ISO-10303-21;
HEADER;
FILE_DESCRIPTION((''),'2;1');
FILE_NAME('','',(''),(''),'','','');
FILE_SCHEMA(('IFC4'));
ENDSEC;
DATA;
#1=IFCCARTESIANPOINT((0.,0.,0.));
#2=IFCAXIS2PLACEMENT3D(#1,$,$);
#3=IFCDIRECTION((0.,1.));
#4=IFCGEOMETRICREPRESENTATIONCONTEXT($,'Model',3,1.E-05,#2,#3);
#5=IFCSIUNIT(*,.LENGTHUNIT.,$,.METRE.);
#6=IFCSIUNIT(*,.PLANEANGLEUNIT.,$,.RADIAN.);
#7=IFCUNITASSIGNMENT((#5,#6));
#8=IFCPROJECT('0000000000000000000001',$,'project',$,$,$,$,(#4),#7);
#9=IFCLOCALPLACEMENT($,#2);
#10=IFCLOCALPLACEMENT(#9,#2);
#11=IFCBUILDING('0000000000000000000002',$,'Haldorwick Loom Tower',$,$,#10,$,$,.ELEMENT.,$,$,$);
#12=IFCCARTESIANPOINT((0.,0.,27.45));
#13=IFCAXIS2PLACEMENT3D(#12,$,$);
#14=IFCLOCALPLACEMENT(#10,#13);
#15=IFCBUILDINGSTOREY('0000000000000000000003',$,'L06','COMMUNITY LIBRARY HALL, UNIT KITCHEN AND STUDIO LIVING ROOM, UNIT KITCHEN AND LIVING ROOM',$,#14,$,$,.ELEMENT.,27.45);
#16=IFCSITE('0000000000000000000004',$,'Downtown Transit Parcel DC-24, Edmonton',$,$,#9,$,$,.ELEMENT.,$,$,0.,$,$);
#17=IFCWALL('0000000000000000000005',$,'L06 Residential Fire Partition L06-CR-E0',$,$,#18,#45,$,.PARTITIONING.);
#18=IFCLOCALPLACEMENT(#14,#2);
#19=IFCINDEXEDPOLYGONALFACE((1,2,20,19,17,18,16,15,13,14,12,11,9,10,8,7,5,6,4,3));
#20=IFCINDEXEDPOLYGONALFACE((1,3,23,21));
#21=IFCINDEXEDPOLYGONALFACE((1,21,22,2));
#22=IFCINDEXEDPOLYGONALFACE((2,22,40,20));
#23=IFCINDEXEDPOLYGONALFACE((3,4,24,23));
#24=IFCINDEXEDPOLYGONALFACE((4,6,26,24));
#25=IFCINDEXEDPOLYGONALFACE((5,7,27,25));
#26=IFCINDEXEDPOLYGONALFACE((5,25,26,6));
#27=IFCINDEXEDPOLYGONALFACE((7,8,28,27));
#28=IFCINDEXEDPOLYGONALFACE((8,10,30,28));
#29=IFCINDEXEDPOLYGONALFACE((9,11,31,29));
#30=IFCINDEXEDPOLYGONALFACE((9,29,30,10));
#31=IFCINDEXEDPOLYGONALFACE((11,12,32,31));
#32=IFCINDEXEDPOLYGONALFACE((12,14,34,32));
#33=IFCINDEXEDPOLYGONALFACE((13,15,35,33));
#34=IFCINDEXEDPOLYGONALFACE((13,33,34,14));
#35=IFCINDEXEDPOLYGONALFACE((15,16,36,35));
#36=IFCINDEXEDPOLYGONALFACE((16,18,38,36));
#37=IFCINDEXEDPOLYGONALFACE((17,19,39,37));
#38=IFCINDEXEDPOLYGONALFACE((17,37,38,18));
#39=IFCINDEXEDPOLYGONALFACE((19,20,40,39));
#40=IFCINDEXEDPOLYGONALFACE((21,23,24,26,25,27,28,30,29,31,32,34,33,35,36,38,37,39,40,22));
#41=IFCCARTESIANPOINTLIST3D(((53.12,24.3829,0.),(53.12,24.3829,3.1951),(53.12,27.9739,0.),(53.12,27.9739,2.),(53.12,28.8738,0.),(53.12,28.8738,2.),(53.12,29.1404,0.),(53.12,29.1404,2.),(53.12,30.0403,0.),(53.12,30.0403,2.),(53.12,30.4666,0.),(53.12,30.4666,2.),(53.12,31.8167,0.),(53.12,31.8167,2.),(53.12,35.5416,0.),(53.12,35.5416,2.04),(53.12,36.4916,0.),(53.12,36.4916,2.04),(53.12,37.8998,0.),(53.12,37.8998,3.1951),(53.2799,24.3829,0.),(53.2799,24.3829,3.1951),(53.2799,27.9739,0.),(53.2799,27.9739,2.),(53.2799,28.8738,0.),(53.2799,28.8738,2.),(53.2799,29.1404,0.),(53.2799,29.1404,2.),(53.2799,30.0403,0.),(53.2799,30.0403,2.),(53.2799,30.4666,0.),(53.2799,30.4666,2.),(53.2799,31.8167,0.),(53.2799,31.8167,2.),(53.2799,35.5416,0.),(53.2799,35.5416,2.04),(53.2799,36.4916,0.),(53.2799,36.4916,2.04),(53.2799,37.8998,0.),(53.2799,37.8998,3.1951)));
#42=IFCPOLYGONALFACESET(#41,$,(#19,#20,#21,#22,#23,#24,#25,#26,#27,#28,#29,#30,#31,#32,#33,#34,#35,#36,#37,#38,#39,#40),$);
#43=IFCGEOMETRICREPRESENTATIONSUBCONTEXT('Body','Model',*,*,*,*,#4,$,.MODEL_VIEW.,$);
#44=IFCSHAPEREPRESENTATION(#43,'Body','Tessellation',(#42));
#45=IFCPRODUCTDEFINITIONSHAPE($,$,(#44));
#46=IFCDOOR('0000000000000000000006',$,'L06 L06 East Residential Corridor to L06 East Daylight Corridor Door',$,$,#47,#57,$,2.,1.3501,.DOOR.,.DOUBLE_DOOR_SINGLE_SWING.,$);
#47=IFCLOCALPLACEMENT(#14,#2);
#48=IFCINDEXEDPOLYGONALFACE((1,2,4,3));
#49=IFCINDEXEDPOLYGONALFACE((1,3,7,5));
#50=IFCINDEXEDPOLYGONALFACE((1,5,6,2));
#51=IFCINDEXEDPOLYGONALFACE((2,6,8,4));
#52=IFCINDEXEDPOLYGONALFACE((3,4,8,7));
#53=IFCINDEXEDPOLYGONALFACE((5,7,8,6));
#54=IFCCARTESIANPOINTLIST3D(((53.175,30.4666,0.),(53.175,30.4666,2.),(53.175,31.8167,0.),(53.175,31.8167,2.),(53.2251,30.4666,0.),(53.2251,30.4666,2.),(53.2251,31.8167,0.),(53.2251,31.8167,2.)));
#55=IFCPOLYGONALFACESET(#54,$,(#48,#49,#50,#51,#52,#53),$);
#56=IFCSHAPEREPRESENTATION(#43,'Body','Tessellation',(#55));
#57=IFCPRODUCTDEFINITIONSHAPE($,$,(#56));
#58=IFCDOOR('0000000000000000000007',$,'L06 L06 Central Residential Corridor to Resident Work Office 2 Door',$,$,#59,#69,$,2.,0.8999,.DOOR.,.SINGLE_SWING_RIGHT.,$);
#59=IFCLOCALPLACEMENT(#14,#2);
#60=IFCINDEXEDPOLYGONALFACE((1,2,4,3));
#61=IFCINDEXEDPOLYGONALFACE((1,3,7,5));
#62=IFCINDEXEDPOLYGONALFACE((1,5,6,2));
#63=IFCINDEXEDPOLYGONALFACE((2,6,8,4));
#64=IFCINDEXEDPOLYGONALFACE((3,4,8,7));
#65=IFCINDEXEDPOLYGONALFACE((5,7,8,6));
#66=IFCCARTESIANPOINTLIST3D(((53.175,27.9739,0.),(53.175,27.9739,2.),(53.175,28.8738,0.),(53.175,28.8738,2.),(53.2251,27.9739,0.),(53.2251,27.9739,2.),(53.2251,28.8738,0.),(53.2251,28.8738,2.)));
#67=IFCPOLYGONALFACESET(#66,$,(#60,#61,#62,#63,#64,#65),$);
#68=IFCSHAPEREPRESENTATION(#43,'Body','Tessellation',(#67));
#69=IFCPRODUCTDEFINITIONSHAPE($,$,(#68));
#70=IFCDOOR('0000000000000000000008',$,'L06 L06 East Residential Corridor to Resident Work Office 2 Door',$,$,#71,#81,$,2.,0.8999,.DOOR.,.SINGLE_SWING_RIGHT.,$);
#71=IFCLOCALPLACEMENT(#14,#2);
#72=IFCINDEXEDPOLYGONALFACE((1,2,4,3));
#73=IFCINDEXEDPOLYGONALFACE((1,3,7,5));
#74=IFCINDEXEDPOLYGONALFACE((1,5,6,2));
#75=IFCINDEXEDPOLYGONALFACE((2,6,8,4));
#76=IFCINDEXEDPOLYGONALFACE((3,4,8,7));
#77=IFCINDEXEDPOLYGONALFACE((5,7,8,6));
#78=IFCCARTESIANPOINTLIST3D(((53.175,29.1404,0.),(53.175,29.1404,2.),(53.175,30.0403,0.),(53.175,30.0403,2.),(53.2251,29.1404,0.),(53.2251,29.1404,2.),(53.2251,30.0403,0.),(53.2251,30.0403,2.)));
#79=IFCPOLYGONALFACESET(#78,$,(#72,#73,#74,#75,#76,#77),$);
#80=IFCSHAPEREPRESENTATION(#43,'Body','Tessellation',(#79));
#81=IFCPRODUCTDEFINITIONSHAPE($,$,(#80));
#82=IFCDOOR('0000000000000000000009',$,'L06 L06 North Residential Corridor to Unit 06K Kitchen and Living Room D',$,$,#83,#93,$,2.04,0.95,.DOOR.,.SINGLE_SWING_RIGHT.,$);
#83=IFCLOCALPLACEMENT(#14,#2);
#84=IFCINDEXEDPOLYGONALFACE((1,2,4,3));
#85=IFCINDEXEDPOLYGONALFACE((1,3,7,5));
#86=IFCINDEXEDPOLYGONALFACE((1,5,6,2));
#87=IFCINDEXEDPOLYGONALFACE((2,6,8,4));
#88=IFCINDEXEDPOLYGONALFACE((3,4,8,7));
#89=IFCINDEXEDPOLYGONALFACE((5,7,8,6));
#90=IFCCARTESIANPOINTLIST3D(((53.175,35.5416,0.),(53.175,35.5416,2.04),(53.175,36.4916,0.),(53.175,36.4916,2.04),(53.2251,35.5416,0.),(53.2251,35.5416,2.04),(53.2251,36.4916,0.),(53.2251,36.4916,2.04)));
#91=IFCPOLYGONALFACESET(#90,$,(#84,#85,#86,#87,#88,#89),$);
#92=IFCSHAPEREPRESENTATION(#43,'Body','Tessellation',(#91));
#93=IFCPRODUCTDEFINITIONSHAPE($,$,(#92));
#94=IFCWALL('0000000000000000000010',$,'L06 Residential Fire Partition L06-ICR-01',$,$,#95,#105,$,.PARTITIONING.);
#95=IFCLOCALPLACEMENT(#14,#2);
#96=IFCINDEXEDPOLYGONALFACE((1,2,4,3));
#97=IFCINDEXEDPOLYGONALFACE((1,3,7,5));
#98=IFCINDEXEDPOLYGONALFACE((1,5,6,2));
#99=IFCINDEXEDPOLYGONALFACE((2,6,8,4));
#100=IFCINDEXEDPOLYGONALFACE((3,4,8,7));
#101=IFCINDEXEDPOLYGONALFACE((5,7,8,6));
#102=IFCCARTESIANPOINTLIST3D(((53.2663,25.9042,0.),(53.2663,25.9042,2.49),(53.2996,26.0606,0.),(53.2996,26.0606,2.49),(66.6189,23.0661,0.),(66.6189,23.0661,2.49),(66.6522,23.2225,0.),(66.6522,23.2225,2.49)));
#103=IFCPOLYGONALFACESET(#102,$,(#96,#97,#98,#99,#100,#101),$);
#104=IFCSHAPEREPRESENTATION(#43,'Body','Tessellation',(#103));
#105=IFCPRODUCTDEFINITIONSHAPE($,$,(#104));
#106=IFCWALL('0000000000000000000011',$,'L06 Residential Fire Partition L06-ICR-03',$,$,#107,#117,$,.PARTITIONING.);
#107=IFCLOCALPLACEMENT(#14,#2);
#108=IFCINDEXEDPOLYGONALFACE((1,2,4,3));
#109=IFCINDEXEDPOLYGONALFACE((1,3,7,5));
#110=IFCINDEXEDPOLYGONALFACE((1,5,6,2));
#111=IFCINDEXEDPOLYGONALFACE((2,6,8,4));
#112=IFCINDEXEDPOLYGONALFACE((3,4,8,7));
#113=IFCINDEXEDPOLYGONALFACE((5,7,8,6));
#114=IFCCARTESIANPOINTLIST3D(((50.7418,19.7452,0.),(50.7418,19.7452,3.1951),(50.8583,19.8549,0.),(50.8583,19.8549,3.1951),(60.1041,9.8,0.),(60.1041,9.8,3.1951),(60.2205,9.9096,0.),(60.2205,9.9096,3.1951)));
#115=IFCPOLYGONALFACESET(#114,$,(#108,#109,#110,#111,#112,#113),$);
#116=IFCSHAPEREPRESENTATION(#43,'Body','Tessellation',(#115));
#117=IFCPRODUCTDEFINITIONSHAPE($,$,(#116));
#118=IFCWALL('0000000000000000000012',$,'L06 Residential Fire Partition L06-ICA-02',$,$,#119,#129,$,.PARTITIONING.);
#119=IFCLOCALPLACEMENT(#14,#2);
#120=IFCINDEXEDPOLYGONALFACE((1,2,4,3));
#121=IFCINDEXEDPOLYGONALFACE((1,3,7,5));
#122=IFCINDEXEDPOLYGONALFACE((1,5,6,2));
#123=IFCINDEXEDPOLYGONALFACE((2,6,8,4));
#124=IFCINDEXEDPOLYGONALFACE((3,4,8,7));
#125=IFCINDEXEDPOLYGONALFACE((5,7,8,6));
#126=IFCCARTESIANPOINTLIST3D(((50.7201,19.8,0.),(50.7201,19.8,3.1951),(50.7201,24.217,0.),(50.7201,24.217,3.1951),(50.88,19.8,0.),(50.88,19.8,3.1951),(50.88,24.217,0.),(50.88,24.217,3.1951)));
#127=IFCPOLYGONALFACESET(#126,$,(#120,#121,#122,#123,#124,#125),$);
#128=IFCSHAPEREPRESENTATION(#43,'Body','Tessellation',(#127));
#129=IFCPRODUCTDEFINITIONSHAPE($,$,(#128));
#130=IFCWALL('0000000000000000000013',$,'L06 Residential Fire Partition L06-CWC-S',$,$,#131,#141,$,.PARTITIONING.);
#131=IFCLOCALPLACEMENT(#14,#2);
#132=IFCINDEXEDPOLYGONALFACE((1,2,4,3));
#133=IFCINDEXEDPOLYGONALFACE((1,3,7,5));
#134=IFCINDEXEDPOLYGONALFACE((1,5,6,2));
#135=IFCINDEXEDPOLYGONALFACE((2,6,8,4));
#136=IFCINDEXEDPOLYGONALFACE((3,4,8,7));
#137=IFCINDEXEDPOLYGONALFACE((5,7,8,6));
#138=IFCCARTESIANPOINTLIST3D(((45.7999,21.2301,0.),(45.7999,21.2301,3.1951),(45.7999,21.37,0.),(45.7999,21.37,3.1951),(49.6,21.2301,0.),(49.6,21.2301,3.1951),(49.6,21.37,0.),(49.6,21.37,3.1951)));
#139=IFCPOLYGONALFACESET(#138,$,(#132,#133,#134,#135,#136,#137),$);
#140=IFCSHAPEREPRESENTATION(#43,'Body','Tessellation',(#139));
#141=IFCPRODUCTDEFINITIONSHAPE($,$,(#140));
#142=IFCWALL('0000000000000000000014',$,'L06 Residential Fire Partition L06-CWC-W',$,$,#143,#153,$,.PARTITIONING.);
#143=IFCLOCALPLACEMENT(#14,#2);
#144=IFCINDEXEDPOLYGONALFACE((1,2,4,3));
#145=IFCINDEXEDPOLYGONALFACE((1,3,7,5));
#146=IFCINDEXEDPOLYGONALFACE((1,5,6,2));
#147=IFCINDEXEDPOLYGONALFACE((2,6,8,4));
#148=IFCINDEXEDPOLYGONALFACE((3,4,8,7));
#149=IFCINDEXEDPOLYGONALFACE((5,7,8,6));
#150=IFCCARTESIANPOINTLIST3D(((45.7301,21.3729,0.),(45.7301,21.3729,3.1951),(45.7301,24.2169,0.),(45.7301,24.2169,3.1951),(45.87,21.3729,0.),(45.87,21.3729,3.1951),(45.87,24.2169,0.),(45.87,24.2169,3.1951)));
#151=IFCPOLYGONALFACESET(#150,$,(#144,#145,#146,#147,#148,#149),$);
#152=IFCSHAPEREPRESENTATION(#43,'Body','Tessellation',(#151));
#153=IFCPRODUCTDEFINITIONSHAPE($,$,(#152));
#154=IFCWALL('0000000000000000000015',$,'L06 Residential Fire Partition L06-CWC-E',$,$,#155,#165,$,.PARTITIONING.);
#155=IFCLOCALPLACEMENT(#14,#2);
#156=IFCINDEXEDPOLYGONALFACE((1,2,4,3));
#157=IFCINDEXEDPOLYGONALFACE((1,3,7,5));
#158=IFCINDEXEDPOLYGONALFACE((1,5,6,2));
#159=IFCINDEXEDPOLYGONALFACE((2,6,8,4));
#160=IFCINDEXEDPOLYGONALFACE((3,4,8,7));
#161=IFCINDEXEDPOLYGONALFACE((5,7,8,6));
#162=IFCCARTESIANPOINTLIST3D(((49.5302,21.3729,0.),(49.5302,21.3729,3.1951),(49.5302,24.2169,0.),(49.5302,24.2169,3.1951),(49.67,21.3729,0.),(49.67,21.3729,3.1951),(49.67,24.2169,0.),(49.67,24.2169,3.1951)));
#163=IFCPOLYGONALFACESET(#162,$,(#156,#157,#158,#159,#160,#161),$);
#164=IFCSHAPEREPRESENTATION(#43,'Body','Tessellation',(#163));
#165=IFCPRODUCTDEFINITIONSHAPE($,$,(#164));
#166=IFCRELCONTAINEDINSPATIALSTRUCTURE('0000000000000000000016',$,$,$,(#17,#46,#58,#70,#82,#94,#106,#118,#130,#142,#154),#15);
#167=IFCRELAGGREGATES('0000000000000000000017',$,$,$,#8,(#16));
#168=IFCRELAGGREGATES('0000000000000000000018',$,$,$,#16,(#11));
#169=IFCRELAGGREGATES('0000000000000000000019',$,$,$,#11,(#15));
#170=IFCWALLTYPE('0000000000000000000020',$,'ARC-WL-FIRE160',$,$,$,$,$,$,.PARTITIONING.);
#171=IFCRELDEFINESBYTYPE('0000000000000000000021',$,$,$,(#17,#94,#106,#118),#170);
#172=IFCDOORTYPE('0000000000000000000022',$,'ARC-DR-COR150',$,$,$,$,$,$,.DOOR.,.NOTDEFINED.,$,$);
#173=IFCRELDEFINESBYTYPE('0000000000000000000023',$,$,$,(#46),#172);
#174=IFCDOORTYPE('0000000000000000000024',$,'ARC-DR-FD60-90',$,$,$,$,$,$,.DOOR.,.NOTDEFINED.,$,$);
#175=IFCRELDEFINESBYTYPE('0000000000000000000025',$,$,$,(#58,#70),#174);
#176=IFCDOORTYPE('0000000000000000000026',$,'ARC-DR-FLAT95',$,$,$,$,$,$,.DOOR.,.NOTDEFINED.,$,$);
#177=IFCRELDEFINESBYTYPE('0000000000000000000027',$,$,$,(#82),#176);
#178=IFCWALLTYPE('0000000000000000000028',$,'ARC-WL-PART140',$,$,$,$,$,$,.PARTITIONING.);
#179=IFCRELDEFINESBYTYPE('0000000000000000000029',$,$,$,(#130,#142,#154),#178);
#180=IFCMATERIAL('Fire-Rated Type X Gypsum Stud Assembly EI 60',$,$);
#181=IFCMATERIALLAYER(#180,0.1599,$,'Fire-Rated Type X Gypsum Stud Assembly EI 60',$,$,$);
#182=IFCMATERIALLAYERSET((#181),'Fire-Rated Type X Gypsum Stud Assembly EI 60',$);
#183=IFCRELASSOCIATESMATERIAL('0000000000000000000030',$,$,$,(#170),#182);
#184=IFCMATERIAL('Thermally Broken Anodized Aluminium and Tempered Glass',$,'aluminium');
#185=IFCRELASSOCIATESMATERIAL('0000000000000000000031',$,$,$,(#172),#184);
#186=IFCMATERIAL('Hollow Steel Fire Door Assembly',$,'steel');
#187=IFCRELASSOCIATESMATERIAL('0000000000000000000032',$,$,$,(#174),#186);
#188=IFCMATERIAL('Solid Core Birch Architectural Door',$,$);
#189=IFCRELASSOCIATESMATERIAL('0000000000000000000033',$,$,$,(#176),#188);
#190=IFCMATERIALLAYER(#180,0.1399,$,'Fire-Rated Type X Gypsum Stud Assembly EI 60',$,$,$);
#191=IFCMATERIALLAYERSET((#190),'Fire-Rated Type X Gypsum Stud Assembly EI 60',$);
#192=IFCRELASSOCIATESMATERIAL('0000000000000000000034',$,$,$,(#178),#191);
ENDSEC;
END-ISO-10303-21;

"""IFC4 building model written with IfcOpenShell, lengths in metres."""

from ifc_helpers import new_model, si_unit, direction, frame, frame_2d, origin, place, context, subcontext, project, spatial, rectangle, extrude, material, layer, layer_set, type_object, element, fill, save


model = new_model("IFC4")

# Units and contexts
model_context = context("Model", 3, precision=1e-05, world=origin(), true_north=direction((0.0, 1.0)))
body_context = subcontext(model_context, "Body", "Model", "MODEL_VIEW")
ifc_project = project(units=[si_unit("LENGTHUNIT", "METRE"), si_unit("PLANEANGLEUNIT", "RADIAN")], contexts=[model_context])

# Site, building, storey
site_placement = place(None, origin())
site = spatial("IfcSite", under=ifc_project, at=site_placement, Name="Downtown Transit Parcel DC-24, Edmonton", CompositionType="ELEMENT", RefElevation=0.0)
building_placement = place(site_placement, origin())
building = spatial("IfcBuilding", under=site, at=building_placement, Name="Haldorwick Loom Tower", CompositionType="ELEMENT")
storey_placement = place(building_placement, frame((0.0, 0.0, 27.45)))
storey = spatial("IfcBuildingStorey", under=building, at=storey_placement, Name="L06", Description="COMMUNITY LIBRARY HALL, UNIT KITCHEN AND STUDIO LIVING ROOM, UNIT KITCHEN AND LIVING ROOM", CompositionType="ELEMENT", Elevation=27.45)

# Wall, openings, doors
ifc_material_1 = material(Name="Fire-Rated Type X Gypsum Stud Assembly EI 60")
ifc_layer_1 = layer(ifc_material_1, 0.1599, Name="Fire-Rated Type X Gypsum Stud Assembly EI 60")
ifc_layer_set_1 = layer_set([ifc_layer_1], Name="Fire-Rated Type X Gypsum Stud Assembly EI 60")
wall_type_1 = type_object("IfcWallType", Name="ARC-WL-FIRE160", PredefinedType="PARTITIONING", material=ifc_layer_set_1)
wall_1_placement = place(storey_placement, frame((53.2, 24.3831, 0.0), z_axis=(0.0, 0.0, 1.0), x_axis=(0.0, 1.0, 0.0)))
wall_1 = element("IfcWall", 1, at=wall_1_placement, inside=storey, type_object=wall_type_1, Name="L06 Residential Fire Partition L06-CR-E0", PredefinedType="PARTITIONING", context=body_context, shape_type="SweptSolid", body=[
    extrude(rectangle(XDim=13.5168, YDim=0.1599, at=frame_2d((6.7583, 0.0))), origin(), (0.0, 0.0, 1.0), 3.1951),
])
opening_1_placement = place(wall_1_placement, frame((6.0835, 0.0, 0.0)))
opening_1 = element("IfcOpeningElement", 2, at=opening_1_placement, cuts=wall_1, PredefinedType="OPENING", context=body_context, shape_type="SweptSolid", body=[
    extrude(rectangle(XDim=1.3501, YDim=2.0, at=frame_2d((0.675, 1.0))), frame((0.0, 0.0898, 0.0), z_axis=(0.0, -1.0, 0.0), x_axis=(1.0, 0.0, 0.0)), (0.0, 0.0, 1.0), 0.1799),
])
opening_2_placement = place(wall_1_placement, frame((11.1584, 0.0, 0.0)))
opening_2 = element("IfcOpeningElement", 3, at=opening_2_placement, cuts=wall_1, PredefinedType="OPENING", context=body_context, shape_type="SweptSolid", body=[
    extrude(rectangle(XDim=0.95, YDim=2.04, at=frame_2d((0.4751, 1.02))), frame((0.0, 0.0898, 0.0), z_axis=(0.0, -1.0, 0.0), x_axis=(1.0, 0.0, 0.0)), (0.0, 0.0, 1.0), 0.1799),
])
opening_3_placement = place(wall_1_placement, frame((3.5908, 0.0, 0.0)))
opening_3 = element("IfcOpeningElement", 4, at=opening_3_placement, cuts=wall_1, PredefinedType="OPENING", context=body_context, shape_type="SweptSolid", body=[
    extrude(rectangle(XDim=0.8999, YDim=2.0, at=frame_2d((0.45, 1.0))), frame((0.0, 0.0898, 0.0), z_axis=(0.0, -1.0, 0.0), x_axis=(1.0, 0.0, 0.0)), (0.0, 0.0, 1.0), 0.1799),
])
opening_4_placement = place(wall_1_placement, frame((4.7573, 0.0, 0.0)))
opening_4 = element("IfcOpeningElement", 5, at=opening_4_placement, cuts=wall_1, PredefinedType="OPENING", context=body_context, shape_type="SweptSolid", body=[
    extrude(rectangle(XDim=0.8999, YDim=2.0, at=frame_2d((0.45, 1.0))), frame((0.0, 0.0898, 0.0), z_axis=(0.0, -1.0, 0.0), x_axis=(1.0, 0.0, 0.0)), (0.0, 0.0, 1.0), 0.1799),
])
ifc_material_2 = material(Name="Thermally Broken Anodized Aluminium and Tempered Glass", Category="aluminium")
door_type_1 = type_object("IfcDoorType", Name="ARC-DR-COR150", OperationType="NOTDEFINED", PredefinedType="DOOR", material=ifc_material_2)
door_1_placement = place(opening_1_placement, origin())
door_1 = element("IfcDoor", 6, at=door_1_placement, inside=storey, type_object=door_type_1, Name="L06 L06 East Residential Corridor to L06 East Daylight Corridor Door", OperationType="DOUBLE_DOOR_SINGLE_SWING", OverallHeight=2.0, OverallWidth=1.3501, PredefinedType="DOOR", context=body_context, shape_type="SweptSolid", body=[
    extrude(rectangle(XDim=1.3501, YDim=2.0, at=frame_2d((0.675, 1.0))), frame((0.0, 0.0249, 0.0), z_axis=(0.0, -1.0, 0.0), x_axis=(1.0, 0.0, 0.0)), (0.0, 0.0, 1.0), 0.05),
])
fill(opening_1, door_1)
ifc_material_3 = material(Name="Hollow Steel Fire Door Assembly", Category="steel")
door_type_2 = type_object("IfcDoorType", Name="ARC-DR-FD60-90", OperationType="NOTDEFINED", PredefinedType="DOOR", material=ifc_material_3)
door_2_placement = place(opening_3_placement, origin())
door_2 = element("IfcDoor", 7, at=door_2_placement, inside=storey, type_object=door_type_2, Name="L06 L06 Central Residential Corridor to Resident Work Office 2 Door", OperationType="SINGLE_SWING_RIGHT", OverallHeight=2.0, OverallWidth=0.8999, PredefinedType="DOOR", context=body_context, shape_type="SweptSolid", body=[
    extrude(rectangle(XDim=0.8999, YDim=2.0, at=frame_2d((0.45, 1.0))), frame((0.0, 0.0249, 0.0), z_axis=(0.0, -1.0, 0.0), x_axis=(1.0, 0.0, 0.0)), (0.0, 0.0, 1.0), 0.05),
])
fill(opening_3, door_2)
door_3_placement = place(opening_4_placement, origin())
door_3 = element("IfcDoor", 8, at=door_3_placement, inside=storey, type_object=door_type_2, Name="L06 L06 East Residential Corridor to Resident Work Office 2 Door", OperationType="SINGLE_SWING_RIGHT", OverallHeight=2.0, OverallWidth=0.8999, PredefinedType="DOOR", context=body_context, shape_type="SweptSolid", body=[
    extrude(rectangle(XDim=0.8999, YDim=2.0, at=frame_2d((0.45, 1.0))), frame((0.0, 0.0249, 0.0), z_axis=(0.0, -1.0, 0.0), x_axis=(1.0, 0.0, 0.0)), (0.0, 0.0, 1.0), 0.05),
])
fill(opening_4, door_3)
ifc_material_4 = material(Name="Solid Core Birch Architectural Door")
door_type_3 = type_object("IfcDoorType", Name="ARC-DR-FLAT95", OperationType="NOTDEFINED", PredefinedType="DOOR", material=ifc_material_4)
door_4_placement = place(opening_2_placement, origin())
door_4 = element("IfcDoor", 9, at=door_4_placement, inside=storey, type_object=door_type_3, Name="L06 L06 North Residential Corridor to Unit 06K Kitchen and Living Room D", OperationType="SINGLE_SWING_RIGHT", OverallHeight=2.04, OverallWidth=0.95, PredefinedType="DOOR", context=body_context, shape_type="SweptSolid", body=[
    extrude(rectangle(XDim=0.95, YDim=2.04, at=frame_2d((0.4751, 1.02))), frame((0.0, 0.0249, 0.0), z_axis=(0.0, -1.0, 0.0), x_axis=(1.0, 0.0, 0.0)), (0.0, 0.0, 1.0), 0.05),
])
fill(opening_2, door_4)

# Walls
wall_2_placement = place(storey_placement, frame((53.283, 25.9824, 0.0), z_axis=(0.0, 0.0, 1.0), x_axis=(0.978148, -0.207909, 0.0)))
element("IfcWall", 10, at=wall_2_placement, inside=storey, type_object=wall_type_1, Name="L06 Residential Fire Partition L06-ICR-01", PredefinedType="PARTITIONING", context=body_context, shape_type="SweptSolid", body=[
    extrude(rectangle(XDim=13.6509, YDim=0.1599, at=frame_2d((6.8254, 0.0))), origin(), (0.0, 0.0, 1.0), 2.49),
])
wall_3_placement = place(storey_placement, frame((50.8, 19.8, 0.0), z_axis=(0.0, 0.0, 1.0), x_axis=(0.685443, -0.728127, 0.0)))
element("IfcWall", 11, at=wall_3_placement, inside=storey, type_object=wall_type_1, Name="L06 Residential Fire Partition L06-ICR-03", PredefinedType="PARTITIONING", context=body_context, shape_type="SweptSolid", body=[
    extrude(rectangle(XDim=13.6587, YDim=0.1599, at=frame_2d((6.8293, 0.0))), origin(), (0.0, 0.0, 1.0), 3.1951),
])
wall_4_placement = place(storey_placement, frame((50.8, 24.217, 0.0), z_axis=(0.0, 0.0, 1.0), x_axis=(0.0, -1.0, 0.0)))
element("IfcWall", 12, at=wall_4_placement, inside=storey, type_object=wall_type_1, Name="L06 Residential Fire Partition L06-ICA-02", PredefinedType="PARTITIONING", context=body_context, shape_type="SweptSolid", body=[
    extrude(rectangle(XDim=4.417, YDim=0.1599, at=frame_2d((2.2085, 0.0))), origin(), (0.0, 0.0, 1.0), 3.1951),
])
ifc_layer_2 = layer(ifc_material_1, 0.1399, Name="Fire-Rated Type X Gypsum Stud Assembly EI 60")
ifc_layer_set_2 = layer_set([ifc_layer_2], Name="Fire-Rated Type X Gypsum Stud Assembly EI 60")
wall_type_2 = type_object("IfcWallType", Name="ARC-WL-PART140", PredefinedType="PARTITIONING", material=ifc_layer_set_2)
wall_5_placement = place(storey_placement, frame((45.8, 21.3, 0.0), z_axis=(0.0, 0.0, 1.0), x_axis=(1.0, 0.0, 0.0)))
element("IfcWall", 13, at=wall_5_placement, inside=storey, type_object=wall_type_2, Name="L06 Residential Fire Partition L06-CWC-S", PredefinedType="PARTITIONING", context=body_context, shape_type="SweptSolid", body=[
    extrude(rectangle(XDim=3.8, YDim=0.1399, at=frame_2d((1.8999, 0.0))), origin(), (0.0, 0.0, 1.0), 3.1951),
])
for number, where, z_axis, x_axis, name in (
    (14, (45.8, 21.373, 0.0), (0.0, 0.0, 1.0), (0.0, 1.0, 0.0), "L06 Residential Fire Partition L06-CWC-W"),
    (15, (49.6001, 21.373, 0.0), (0.0, 0.0, 1.0), (0.0, 1.0, 0.0), "L06 Residential Fire Partition L06-CWC-E"),
):
    element("IfcWall", number, at=place(storey_placement, frame(where, z_axis=z_axis, x_axis=x_axis)), inside=storey, type_object=wall_type_2, Name=name, PredefinedType="PARTITIONING", context=body_context, shape_type="SweptSolid", body=[
        extrude(rectangle(XDim=2.844, YDim=0.1399, at=frame_2d((1.4219, 0.0))), origin(), (0.0, 0.0, 1.0), 3.1951),
    ])

save(model, "model.ifc")
